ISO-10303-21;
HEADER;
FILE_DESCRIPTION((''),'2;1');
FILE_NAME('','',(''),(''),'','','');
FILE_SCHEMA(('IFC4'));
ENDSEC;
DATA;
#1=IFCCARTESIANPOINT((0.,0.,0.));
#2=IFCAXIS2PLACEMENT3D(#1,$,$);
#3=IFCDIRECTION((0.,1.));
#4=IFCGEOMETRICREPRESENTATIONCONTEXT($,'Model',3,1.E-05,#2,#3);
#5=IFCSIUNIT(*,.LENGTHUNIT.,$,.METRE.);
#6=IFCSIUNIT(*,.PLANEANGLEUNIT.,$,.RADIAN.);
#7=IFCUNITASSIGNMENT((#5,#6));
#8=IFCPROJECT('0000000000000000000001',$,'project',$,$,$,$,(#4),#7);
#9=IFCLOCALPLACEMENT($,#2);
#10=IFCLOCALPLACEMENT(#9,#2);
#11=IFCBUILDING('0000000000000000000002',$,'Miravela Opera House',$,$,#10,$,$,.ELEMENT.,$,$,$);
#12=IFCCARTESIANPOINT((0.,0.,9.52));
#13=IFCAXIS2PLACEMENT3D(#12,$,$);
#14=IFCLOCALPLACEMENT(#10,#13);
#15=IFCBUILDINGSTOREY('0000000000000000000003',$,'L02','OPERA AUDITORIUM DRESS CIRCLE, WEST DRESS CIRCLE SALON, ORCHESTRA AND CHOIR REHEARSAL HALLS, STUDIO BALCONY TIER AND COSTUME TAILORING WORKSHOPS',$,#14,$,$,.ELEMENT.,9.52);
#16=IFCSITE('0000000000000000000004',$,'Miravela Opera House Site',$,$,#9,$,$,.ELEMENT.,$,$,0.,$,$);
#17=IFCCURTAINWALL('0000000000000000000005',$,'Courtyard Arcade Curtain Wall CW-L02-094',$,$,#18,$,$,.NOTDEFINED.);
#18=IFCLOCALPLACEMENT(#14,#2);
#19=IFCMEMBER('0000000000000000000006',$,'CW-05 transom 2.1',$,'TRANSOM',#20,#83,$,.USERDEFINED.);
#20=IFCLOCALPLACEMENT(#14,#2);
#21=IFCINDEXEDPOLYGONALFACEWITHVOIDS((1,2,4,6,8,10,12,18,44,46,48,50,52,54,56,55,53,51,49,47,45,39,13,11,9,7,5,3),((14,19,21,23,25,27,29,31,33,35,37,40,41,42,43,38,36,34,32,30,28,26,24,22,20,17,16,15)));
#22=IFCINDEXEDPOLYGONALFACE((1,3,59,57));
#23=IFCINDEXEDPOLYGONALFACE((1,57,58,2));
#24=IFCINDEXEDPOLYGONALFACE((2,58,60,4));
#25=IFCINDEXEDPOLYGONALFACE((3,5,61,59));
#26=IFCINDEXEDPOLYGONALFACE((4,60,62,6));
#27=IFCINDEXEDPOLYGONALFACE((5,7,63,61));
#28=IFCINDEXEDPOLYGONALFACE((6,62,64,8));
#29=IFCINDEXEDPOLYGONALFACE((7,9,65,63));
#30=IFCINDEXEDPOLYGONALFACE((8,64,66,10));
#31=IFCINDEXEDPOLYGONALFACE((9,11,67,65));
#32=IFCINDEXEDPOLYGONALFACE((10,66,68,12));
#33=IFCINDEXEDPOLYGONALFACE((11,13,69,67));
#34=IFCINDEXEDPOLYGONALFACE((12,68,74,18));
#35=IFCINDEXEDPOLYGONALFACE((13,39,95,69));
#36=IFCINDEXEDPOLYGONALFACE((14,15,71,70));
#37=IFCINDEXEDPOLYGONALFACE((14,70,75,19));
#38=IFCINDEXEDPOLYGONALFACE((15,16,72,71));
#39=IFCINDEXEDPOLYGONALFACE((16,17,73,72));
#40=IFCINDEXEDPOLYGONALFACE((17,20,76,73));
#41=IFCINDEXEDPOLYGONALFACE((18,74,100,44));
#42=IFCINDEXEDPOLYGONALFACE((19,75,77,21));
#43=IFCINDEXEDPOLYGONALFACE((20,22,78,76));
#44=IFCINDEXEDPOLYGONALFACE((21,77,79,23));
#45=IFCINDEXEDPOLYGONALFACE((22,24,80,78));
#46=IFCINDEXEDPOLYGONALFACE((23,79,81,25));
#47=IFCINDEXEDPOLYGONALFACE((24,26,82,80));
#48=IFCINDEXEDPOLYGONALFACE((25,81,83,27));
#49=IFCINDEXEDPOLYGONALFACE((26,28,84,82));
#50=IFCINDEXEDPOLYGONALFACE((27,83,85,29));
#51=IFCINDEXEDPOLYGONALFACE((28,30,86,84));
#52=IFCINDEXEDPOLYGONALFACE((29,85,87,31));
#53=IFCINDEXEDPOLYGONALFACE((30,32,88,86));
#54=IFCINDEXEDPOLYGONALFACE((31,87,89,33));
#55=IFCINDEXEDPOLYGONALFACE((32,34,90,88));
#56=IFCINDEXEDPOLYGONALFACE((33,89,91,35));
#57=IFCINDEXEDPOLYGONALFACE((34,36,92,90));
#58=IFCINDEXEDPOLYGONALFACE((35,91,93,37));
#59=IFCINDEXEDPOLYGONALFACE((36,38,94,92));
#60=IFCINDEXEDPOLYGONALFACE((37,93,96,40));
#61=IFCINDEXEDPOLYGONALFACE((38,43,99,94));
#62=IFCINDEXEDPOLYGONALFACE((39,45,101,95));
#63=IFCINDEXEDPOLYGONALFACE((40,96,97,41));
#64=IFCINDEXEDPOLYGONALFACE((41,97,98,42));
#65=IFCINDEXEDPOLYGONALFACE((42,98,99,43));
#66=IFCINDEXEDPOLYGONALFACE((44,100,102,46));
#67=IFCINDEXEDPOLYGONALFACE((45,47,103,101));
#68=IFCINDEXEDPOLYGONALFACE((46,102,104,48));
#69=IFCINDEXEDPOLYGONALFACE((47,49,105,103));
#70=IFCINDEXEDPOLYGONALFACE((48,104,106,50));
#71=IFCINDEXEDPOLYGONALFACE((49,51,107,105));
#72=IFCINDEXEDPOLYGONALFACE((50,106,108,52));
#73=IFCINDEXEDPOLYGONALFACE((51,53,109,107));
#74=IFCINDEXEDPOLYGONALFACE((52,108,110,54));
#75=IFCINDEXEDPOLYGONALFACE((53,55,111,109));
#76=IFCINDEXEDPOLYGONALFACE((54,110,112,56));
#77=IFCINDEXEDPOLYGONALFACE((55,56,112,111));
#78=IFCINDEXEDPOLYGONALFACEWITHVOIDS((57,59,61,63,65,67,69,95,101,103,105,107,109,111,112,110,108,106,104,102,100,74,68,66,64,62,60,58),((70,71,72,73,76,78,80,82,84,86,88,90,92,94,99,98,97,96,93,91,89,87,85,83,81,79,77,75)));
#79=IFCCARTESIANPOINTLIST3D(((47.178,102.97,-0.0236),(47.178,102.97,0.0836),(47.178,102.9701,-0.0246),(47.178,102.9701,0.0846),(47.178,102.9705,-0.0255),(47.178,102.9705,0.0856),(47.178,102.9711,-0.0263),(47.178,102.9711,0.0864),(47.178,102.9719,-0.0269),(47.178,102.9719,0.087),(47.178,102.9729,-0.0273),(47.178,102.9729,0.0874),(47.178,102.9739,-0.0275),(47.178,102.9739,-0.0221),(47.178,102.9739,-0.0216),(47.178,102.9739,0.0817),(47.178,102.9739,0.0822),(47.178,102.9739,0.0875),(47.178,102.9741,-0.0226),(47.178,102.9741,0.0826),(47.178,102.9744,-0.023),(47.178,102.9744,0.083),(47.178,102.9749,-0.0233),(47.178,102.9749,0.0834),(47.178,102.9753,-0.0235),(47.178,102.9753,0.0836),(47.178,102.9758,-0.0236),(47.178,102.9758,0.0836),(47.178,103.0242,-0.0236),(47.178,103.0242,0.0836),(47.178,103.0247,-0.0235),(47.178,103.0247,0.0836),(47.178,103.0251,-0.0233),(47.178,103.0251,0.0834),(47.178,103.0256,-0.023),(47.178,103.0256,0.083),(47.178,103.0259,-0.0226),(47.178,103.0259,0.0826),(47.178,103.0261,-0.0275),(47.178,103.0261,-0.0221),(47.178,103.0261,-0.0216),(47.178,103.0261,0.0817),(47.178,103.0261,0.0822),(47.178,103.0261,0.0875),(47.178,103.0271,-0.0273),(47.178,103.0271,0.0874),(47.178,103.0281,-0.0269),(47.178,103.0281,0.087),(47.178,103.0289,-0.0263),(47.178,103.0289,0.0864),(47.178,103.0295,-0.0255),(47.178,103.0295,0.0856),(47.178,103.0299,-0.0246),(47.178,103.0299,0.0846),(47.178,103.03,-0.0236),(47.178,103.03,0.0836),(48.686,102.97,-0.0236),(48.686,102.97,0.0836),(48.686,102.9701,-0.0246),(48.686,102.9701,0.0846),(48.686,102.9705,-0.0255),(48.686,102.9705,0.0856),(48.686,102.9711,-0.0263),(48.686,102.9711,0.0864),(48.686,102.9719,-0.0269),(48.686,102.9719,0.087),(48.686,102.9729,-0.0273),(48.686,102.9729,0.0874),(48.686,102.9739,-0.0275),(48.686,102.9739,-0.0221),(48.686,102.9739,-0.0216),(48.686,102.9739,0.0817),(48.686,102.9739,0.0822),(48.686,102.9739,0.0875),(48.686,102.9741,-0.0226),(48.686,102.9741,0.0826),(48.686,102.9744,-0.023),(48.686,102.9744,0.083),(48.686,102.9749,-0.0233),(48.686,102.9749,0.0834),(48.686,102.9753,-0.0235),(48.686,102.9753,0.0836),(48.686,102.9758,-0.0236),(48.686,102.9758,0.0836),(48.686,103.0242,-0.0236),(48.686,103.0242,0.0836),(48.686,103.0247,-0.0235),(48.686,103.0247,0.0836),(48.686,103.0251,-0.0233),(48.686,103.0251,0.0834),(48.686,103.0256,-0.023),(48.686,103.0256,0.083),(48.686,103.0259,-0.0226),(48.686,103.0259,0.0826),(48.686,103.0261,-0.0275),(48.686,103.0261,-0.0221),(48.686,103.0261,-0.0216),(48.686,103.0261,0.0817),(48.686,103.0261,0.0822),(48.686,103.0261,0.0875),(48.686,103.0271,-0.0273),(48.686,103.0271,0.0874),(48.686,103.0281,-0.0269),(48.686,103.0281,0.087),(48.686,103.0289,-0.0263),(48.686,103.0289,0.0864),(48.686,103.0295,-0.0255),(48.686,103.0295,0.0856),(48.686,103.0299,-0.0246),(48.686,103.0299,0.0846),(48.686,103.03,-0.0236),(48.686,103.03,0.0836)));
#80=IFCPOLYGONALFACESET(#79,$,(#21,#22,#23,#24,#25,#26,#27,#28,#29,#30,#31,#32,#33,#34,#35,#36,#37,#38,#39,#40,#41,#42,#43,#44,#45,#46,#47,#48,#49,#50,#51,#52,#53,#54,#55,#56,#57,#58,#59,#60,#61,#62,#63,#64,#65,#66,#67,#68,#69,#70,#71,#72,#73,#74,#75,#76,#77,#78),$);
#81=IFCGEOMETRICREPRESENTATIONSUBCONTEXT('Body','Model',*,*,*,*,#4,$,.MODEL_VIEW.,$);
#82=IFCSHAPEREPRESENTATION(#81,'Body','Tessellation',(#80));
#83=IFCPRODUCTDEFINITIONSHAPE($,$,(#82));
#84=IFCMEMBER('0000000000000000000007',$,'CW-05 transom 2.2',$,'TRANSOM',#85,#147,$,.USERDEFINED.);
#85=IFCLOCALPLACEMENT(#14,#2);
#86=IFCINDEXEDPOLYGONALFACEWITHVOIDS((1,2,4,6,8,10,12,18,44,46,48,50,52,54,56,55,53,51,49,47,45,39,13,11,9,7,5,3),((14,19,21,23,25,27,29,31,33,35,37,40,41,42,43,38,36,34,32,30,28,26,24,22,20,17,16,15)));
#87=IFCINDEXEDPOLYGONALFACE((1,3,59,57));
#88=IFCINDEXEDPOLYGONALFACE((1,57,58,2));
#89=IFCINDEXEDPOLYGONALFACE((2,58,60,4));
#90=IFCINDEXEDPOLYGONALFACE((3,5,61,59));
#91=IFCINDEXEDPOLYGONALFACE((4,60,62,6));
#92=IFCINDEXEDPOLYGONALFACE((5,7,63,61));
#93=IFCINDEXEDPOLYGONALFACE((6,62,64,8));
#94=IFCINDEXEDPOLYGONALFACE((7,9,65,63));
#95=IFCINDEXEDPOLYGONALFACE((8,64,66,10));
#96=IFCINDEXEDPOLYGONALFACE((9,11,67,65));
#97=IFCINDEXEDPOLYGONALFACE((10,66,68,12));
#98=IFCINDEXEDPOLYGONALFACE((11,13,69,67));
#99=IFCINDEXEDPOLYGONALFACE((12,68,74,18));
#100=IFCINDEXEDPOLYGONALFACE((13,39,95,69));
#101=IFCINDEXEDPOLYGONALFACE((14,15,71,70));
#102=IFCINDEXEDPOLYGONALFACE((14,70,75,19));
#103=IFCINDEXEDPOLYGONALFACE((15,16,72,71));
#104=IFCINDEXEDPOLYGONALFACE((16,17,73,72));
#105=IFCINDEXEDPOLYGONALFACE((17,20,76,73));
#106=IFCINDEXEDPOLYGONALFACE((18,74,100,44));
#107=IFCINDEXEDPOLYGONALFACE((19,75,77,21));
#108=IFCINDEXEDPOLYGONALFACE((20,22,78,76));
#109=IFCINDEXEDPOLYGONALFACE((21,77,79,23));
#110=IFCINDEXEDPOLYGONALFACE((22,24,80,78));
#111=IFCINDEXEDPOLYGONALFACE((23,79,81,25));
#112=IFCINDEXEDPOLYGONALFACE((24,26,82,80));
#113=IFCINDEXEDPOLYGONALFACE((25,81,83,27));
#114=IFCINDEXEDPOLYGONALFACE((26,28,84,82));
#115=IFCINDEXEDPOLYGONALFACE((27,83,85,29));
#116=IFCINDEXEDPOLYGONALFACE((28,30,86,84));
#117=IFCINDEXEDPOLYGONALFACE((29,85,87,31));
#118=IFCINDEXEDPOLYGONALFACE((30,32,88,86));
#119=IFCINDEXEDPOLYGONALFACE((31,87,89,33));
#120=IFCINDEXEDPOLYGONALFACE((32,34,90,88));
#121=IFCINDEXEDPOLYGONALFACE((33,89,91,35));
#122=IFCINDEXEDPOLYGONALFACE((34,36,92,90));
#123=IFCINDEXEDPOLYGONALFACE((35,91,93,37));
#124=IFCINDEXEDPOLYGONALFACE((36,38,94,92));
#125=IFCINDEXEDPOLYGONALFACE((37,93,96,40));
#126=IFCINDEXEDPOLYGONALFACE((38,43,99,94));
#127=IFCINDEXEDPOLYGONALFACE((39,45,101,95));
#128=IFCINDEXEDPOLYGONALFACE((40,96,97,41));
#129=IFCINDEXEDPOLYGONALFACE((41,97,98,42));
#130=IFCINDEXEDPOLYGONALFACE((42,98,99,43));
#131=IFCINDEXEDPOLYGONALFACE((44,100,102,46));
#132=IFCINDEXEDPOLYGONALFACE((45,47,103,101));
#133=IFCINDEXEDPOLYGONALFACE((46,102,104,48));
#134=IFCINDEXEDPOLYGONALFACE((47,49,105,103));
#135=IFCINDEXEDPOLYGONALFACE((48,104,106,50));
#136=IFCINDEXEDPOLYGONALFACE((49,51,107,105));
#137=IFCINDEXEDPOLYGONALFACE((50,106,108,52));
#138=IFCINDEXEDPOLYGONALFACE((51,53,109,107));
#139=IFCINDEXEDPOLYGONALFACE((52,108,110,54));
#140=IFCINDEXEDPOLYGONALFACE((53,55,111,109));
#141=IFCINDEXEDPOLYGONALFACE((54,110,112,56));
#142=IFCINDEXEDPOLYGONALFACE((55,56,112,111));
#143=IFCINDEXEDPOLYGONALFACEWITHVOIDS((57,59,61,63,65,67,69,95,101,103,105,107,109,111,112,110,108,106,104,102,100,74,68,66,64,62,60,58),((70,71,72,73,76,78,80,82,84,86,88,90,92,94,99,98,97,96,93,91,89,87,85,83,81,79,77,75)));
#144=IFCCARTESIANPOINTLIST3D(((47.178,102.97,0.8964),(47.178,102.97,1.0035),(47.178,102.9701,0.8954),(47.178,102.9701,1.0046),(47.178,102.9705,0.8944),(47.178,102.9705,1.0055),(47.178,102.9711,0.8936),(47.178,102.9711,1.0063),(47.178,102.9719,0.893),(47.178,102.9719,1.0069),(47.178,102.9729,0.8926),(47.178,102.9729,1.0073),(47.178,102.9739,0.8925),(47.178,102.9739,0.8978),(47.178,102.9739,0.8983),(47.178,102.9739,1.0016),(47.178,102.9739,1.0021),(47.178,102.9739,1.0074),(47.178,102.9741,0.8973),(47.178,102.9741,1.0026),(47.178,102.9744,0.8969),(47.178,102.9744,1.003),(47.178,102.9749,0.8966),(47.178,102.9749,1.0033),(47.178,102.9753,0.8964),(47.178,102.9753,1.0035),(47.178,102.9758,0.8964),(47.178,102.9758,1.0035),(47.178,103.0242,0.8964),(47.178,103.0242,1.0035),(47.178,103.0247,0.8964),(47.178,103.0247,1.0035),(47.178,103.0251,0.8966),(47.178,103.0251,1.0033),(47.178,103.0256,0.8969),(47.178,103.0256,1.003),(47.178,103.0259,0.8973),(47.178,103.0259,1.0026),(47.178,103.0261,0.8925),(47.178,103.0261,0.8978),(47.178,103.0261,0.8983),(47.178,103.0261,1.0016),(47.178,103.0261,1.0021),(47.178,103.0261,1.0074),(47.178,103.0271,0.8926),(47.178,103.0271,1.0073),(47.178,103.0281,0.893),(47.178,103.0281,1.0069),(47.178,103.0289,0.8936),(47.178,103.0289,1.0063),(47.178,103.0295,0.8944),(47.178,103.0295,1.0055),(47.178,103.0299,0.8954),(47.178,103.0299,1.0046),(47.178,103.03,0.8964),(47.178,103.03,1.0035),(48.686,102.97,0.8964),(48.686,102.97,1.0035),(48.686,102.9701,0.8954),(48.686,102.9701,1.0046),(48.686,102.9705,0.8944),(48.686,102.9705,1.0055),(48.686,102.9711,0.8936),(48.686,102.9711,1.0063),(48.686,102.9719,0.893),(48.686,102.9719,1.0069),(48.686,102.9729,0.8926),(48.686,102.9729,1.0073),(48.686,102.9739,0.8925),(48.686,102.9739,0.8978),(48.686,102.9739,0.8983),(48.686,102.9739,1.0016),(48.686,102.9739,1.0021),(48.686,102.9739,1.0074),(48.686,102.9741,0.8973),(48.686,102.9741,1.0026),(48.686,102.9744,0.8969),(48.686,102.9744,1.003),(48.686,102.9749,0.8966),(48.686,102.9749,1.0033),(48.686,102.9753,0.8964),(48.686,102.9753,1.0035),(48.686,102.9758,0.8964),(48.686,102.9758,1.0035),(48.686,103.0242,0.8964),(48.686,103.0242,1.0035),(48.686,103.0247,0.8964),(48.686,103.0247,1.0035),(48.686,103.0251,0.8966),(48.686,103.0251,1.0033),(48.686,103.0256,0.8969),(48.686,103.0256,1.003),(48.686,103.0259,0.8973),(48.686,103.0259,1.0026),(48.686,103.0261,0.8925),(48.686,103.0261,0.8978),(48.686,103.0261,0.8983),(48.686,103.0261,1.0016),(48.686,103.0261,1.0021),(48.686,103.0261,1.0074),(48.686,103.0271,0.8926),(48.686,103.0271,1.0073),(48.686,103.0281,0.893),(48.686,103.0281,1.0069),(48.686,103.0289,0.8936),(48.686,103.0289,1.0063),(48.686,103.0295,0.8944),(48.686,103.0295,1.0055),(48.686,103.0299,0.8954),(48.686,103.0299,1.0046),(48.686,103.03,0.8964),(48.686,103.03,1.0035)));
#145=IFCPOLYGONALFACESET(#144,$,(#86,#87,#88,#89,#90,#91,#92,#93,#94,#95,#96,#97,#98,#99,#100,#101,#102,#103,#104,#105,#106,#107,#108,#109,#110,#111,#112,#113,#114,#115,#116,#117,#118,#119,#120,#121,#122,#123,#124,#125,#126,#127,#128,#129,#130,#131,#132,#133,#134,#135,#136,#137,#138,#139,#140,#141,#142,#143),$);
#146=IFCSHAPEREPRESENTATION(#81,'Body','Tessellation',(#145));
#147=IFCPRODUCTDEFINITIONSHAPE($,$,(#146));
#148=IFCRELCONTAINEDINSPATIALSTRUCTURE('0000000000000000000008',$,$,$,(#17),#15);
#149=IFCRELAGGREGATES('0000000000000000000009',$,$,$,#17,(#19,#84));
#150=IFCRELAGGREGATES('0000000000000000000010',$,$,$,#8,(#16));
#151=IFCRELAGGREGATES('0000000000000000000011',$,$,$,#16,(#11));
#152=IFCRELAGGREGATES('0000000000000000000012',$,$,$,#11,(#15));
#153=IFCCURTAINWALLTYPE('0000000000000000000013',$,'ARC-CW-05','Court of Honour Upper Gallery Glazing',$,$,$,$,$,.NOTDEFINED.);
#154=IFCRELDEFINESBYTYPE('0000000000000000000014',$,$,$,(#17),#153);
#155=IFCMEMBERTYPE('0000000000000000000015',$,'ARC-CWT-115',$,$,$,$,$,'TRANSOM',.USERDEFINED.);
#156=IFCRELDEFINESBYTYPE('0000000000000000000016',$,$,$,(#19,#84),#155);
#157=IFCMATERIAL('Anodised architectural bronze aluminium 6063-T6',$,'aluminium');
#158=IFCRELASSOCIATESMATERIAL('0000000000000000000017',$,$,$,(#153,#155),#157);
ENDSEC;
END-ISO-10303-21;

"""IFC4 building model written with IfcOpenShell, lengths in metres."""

from ifc_helpers import new_model, si_unit, direction, frame, origin, origin_2d, place, context, subcontext, project, spatial, hollow_rectangle, extrude, material, material_profile, profile_set, type_object, element, aggregate, save


model = new_model("IFC4")

# Units and contexts
model_context = context("Model", 3, precision=1e-05, world=origin(), true_north=direction((0.0, 1.0)))
body_context = subcontext(model_context, "Body", "Model", "MODEL_VIEW")
ifc_project = project(units=[si_unit("LENGTHUNIT", "METRE"), si_unit("PLANEANGLEUNIT", "RADIAN")], contexts=[model_context])

# Site, building, storey
site_placement = place(None, origin())
site = spatial("IfcSite", under=ifc_project, at=site_placement, Name="Miravela Opera House Site", CompositionType="ELEMENT", RefElevation=0.0)
building_placement = place(site_placement, origin())
building = spatial("IfcBuilding", under=site, at=building_placement, Name="Miravela Opera House", CompositionType="ELEMENT")
storey_placement = place(building_placement, frame((0.0, 0.0, 9.52)))
storey = spatial("IfcBuildingStorey", under=building, at=storey_placement, Name="L02", Description="OPERA AUDITORIUM DRESS CIRCLE, WEST DRESS CIRCLE SALON, ORCHESTRA AND CHOIR REHEARSAL HALLS, STUDIO BALCONY TIER AND COSTUME TAILORING WORKSHOPS", CompositionType="ELEMENT", Elevation=9.52)

# Shared definitions
ifc_material_1 = material(Name="Anodised architectural bronze aluminium 6063-T6", Category="aluminium")
curtain_wall_type = type_object("IfcCurtainWallType", Name="ARC-CW-05", Description="Court of Honour Upper Gallery Glazing", PredefinedType="NOTDEFINED", material=ifc_material_1)

# Curtain wall
curtain_wall_1_placement = place(storey_placement, origin())
curtain_wall_1 = element("IfcCurtainWall", 1, at=curtain_wall_1_placement, inside=storey, type_object=curtain_wall_type, Name="Courtyard Arcade Curtain Wall CW-L02-094", PredefinedType="NOTDEFINED")

# Members
ifc_material_profile_1 = material_profile(ifc_material_1, hollow_rectangle(XDim=0.0601, YDim=0.115, WallThickness=0.0039, InnerFilletRadius=0.002, OuterFilletRadius=0.0039, at=origin_2d()), Name="CWT-60X115")
ifc_profile_set_1 = profile_set([ifc_material_profile_1])
member_type_1 = type_object("IfcMemberType", Name="ARC-CWT-115", ElementType="TRANSOM", PredefinedType="USERDEFINED", material=ifc_profile_set_1)
member_1_placement = place(storey_placement, frame((47.178, 103.0, 0.03), z_axis=(1.0, 0.0, 0.0), x_axis=(0.0, 1.0, 0.0)))
member_1 = element("IfcMember", 2, at=member_1_placement, type_object=member_type_1, Name="CW-05 transom 2.1", ObjectType="TRANSOM", PredefinedType="USERDEFINED", context=body_context, shape_type="SweptSolid", body=[
    extrude(hollow_rectangle(XDim=0.0601, YDim=0.115, WallThickness=0.0039, InnerFilletRadius=0.002, OuterFilletRadius=0.0039, at=origin_2d()), origin(), (0.0, 0.0, 1.0), 1.5081),
])
member_2_placement = place(storey_placement, frame((47.178, 103.0, 0.95), z_axis=(1.0, 0.0, 0.0), x_axis=(0.0, 1.0, 0.0)))
member_2 = element("IfcMember", 3, at=member_2_placement, type_object=member_type_1, Name="CW-05 transom 2.2", ObjectType="TRANSOM", PredefinedType="USERDEFINED", context=body_context, shape_type="SweptSolid", body=[
    extrude(hollow_rectangle(XDim=0.0601, YDim=0.115, WallThickness=0.0039, InnerFilletRadius=0.002, OuterFilletRadius=0.0039, at=origin_2d()), origin(), (0.0, 0.0, 1.0), 1.5081),
])

aggregate(curtain_wall_1, [member_1, member_2])

save(model, "model.ifc")
